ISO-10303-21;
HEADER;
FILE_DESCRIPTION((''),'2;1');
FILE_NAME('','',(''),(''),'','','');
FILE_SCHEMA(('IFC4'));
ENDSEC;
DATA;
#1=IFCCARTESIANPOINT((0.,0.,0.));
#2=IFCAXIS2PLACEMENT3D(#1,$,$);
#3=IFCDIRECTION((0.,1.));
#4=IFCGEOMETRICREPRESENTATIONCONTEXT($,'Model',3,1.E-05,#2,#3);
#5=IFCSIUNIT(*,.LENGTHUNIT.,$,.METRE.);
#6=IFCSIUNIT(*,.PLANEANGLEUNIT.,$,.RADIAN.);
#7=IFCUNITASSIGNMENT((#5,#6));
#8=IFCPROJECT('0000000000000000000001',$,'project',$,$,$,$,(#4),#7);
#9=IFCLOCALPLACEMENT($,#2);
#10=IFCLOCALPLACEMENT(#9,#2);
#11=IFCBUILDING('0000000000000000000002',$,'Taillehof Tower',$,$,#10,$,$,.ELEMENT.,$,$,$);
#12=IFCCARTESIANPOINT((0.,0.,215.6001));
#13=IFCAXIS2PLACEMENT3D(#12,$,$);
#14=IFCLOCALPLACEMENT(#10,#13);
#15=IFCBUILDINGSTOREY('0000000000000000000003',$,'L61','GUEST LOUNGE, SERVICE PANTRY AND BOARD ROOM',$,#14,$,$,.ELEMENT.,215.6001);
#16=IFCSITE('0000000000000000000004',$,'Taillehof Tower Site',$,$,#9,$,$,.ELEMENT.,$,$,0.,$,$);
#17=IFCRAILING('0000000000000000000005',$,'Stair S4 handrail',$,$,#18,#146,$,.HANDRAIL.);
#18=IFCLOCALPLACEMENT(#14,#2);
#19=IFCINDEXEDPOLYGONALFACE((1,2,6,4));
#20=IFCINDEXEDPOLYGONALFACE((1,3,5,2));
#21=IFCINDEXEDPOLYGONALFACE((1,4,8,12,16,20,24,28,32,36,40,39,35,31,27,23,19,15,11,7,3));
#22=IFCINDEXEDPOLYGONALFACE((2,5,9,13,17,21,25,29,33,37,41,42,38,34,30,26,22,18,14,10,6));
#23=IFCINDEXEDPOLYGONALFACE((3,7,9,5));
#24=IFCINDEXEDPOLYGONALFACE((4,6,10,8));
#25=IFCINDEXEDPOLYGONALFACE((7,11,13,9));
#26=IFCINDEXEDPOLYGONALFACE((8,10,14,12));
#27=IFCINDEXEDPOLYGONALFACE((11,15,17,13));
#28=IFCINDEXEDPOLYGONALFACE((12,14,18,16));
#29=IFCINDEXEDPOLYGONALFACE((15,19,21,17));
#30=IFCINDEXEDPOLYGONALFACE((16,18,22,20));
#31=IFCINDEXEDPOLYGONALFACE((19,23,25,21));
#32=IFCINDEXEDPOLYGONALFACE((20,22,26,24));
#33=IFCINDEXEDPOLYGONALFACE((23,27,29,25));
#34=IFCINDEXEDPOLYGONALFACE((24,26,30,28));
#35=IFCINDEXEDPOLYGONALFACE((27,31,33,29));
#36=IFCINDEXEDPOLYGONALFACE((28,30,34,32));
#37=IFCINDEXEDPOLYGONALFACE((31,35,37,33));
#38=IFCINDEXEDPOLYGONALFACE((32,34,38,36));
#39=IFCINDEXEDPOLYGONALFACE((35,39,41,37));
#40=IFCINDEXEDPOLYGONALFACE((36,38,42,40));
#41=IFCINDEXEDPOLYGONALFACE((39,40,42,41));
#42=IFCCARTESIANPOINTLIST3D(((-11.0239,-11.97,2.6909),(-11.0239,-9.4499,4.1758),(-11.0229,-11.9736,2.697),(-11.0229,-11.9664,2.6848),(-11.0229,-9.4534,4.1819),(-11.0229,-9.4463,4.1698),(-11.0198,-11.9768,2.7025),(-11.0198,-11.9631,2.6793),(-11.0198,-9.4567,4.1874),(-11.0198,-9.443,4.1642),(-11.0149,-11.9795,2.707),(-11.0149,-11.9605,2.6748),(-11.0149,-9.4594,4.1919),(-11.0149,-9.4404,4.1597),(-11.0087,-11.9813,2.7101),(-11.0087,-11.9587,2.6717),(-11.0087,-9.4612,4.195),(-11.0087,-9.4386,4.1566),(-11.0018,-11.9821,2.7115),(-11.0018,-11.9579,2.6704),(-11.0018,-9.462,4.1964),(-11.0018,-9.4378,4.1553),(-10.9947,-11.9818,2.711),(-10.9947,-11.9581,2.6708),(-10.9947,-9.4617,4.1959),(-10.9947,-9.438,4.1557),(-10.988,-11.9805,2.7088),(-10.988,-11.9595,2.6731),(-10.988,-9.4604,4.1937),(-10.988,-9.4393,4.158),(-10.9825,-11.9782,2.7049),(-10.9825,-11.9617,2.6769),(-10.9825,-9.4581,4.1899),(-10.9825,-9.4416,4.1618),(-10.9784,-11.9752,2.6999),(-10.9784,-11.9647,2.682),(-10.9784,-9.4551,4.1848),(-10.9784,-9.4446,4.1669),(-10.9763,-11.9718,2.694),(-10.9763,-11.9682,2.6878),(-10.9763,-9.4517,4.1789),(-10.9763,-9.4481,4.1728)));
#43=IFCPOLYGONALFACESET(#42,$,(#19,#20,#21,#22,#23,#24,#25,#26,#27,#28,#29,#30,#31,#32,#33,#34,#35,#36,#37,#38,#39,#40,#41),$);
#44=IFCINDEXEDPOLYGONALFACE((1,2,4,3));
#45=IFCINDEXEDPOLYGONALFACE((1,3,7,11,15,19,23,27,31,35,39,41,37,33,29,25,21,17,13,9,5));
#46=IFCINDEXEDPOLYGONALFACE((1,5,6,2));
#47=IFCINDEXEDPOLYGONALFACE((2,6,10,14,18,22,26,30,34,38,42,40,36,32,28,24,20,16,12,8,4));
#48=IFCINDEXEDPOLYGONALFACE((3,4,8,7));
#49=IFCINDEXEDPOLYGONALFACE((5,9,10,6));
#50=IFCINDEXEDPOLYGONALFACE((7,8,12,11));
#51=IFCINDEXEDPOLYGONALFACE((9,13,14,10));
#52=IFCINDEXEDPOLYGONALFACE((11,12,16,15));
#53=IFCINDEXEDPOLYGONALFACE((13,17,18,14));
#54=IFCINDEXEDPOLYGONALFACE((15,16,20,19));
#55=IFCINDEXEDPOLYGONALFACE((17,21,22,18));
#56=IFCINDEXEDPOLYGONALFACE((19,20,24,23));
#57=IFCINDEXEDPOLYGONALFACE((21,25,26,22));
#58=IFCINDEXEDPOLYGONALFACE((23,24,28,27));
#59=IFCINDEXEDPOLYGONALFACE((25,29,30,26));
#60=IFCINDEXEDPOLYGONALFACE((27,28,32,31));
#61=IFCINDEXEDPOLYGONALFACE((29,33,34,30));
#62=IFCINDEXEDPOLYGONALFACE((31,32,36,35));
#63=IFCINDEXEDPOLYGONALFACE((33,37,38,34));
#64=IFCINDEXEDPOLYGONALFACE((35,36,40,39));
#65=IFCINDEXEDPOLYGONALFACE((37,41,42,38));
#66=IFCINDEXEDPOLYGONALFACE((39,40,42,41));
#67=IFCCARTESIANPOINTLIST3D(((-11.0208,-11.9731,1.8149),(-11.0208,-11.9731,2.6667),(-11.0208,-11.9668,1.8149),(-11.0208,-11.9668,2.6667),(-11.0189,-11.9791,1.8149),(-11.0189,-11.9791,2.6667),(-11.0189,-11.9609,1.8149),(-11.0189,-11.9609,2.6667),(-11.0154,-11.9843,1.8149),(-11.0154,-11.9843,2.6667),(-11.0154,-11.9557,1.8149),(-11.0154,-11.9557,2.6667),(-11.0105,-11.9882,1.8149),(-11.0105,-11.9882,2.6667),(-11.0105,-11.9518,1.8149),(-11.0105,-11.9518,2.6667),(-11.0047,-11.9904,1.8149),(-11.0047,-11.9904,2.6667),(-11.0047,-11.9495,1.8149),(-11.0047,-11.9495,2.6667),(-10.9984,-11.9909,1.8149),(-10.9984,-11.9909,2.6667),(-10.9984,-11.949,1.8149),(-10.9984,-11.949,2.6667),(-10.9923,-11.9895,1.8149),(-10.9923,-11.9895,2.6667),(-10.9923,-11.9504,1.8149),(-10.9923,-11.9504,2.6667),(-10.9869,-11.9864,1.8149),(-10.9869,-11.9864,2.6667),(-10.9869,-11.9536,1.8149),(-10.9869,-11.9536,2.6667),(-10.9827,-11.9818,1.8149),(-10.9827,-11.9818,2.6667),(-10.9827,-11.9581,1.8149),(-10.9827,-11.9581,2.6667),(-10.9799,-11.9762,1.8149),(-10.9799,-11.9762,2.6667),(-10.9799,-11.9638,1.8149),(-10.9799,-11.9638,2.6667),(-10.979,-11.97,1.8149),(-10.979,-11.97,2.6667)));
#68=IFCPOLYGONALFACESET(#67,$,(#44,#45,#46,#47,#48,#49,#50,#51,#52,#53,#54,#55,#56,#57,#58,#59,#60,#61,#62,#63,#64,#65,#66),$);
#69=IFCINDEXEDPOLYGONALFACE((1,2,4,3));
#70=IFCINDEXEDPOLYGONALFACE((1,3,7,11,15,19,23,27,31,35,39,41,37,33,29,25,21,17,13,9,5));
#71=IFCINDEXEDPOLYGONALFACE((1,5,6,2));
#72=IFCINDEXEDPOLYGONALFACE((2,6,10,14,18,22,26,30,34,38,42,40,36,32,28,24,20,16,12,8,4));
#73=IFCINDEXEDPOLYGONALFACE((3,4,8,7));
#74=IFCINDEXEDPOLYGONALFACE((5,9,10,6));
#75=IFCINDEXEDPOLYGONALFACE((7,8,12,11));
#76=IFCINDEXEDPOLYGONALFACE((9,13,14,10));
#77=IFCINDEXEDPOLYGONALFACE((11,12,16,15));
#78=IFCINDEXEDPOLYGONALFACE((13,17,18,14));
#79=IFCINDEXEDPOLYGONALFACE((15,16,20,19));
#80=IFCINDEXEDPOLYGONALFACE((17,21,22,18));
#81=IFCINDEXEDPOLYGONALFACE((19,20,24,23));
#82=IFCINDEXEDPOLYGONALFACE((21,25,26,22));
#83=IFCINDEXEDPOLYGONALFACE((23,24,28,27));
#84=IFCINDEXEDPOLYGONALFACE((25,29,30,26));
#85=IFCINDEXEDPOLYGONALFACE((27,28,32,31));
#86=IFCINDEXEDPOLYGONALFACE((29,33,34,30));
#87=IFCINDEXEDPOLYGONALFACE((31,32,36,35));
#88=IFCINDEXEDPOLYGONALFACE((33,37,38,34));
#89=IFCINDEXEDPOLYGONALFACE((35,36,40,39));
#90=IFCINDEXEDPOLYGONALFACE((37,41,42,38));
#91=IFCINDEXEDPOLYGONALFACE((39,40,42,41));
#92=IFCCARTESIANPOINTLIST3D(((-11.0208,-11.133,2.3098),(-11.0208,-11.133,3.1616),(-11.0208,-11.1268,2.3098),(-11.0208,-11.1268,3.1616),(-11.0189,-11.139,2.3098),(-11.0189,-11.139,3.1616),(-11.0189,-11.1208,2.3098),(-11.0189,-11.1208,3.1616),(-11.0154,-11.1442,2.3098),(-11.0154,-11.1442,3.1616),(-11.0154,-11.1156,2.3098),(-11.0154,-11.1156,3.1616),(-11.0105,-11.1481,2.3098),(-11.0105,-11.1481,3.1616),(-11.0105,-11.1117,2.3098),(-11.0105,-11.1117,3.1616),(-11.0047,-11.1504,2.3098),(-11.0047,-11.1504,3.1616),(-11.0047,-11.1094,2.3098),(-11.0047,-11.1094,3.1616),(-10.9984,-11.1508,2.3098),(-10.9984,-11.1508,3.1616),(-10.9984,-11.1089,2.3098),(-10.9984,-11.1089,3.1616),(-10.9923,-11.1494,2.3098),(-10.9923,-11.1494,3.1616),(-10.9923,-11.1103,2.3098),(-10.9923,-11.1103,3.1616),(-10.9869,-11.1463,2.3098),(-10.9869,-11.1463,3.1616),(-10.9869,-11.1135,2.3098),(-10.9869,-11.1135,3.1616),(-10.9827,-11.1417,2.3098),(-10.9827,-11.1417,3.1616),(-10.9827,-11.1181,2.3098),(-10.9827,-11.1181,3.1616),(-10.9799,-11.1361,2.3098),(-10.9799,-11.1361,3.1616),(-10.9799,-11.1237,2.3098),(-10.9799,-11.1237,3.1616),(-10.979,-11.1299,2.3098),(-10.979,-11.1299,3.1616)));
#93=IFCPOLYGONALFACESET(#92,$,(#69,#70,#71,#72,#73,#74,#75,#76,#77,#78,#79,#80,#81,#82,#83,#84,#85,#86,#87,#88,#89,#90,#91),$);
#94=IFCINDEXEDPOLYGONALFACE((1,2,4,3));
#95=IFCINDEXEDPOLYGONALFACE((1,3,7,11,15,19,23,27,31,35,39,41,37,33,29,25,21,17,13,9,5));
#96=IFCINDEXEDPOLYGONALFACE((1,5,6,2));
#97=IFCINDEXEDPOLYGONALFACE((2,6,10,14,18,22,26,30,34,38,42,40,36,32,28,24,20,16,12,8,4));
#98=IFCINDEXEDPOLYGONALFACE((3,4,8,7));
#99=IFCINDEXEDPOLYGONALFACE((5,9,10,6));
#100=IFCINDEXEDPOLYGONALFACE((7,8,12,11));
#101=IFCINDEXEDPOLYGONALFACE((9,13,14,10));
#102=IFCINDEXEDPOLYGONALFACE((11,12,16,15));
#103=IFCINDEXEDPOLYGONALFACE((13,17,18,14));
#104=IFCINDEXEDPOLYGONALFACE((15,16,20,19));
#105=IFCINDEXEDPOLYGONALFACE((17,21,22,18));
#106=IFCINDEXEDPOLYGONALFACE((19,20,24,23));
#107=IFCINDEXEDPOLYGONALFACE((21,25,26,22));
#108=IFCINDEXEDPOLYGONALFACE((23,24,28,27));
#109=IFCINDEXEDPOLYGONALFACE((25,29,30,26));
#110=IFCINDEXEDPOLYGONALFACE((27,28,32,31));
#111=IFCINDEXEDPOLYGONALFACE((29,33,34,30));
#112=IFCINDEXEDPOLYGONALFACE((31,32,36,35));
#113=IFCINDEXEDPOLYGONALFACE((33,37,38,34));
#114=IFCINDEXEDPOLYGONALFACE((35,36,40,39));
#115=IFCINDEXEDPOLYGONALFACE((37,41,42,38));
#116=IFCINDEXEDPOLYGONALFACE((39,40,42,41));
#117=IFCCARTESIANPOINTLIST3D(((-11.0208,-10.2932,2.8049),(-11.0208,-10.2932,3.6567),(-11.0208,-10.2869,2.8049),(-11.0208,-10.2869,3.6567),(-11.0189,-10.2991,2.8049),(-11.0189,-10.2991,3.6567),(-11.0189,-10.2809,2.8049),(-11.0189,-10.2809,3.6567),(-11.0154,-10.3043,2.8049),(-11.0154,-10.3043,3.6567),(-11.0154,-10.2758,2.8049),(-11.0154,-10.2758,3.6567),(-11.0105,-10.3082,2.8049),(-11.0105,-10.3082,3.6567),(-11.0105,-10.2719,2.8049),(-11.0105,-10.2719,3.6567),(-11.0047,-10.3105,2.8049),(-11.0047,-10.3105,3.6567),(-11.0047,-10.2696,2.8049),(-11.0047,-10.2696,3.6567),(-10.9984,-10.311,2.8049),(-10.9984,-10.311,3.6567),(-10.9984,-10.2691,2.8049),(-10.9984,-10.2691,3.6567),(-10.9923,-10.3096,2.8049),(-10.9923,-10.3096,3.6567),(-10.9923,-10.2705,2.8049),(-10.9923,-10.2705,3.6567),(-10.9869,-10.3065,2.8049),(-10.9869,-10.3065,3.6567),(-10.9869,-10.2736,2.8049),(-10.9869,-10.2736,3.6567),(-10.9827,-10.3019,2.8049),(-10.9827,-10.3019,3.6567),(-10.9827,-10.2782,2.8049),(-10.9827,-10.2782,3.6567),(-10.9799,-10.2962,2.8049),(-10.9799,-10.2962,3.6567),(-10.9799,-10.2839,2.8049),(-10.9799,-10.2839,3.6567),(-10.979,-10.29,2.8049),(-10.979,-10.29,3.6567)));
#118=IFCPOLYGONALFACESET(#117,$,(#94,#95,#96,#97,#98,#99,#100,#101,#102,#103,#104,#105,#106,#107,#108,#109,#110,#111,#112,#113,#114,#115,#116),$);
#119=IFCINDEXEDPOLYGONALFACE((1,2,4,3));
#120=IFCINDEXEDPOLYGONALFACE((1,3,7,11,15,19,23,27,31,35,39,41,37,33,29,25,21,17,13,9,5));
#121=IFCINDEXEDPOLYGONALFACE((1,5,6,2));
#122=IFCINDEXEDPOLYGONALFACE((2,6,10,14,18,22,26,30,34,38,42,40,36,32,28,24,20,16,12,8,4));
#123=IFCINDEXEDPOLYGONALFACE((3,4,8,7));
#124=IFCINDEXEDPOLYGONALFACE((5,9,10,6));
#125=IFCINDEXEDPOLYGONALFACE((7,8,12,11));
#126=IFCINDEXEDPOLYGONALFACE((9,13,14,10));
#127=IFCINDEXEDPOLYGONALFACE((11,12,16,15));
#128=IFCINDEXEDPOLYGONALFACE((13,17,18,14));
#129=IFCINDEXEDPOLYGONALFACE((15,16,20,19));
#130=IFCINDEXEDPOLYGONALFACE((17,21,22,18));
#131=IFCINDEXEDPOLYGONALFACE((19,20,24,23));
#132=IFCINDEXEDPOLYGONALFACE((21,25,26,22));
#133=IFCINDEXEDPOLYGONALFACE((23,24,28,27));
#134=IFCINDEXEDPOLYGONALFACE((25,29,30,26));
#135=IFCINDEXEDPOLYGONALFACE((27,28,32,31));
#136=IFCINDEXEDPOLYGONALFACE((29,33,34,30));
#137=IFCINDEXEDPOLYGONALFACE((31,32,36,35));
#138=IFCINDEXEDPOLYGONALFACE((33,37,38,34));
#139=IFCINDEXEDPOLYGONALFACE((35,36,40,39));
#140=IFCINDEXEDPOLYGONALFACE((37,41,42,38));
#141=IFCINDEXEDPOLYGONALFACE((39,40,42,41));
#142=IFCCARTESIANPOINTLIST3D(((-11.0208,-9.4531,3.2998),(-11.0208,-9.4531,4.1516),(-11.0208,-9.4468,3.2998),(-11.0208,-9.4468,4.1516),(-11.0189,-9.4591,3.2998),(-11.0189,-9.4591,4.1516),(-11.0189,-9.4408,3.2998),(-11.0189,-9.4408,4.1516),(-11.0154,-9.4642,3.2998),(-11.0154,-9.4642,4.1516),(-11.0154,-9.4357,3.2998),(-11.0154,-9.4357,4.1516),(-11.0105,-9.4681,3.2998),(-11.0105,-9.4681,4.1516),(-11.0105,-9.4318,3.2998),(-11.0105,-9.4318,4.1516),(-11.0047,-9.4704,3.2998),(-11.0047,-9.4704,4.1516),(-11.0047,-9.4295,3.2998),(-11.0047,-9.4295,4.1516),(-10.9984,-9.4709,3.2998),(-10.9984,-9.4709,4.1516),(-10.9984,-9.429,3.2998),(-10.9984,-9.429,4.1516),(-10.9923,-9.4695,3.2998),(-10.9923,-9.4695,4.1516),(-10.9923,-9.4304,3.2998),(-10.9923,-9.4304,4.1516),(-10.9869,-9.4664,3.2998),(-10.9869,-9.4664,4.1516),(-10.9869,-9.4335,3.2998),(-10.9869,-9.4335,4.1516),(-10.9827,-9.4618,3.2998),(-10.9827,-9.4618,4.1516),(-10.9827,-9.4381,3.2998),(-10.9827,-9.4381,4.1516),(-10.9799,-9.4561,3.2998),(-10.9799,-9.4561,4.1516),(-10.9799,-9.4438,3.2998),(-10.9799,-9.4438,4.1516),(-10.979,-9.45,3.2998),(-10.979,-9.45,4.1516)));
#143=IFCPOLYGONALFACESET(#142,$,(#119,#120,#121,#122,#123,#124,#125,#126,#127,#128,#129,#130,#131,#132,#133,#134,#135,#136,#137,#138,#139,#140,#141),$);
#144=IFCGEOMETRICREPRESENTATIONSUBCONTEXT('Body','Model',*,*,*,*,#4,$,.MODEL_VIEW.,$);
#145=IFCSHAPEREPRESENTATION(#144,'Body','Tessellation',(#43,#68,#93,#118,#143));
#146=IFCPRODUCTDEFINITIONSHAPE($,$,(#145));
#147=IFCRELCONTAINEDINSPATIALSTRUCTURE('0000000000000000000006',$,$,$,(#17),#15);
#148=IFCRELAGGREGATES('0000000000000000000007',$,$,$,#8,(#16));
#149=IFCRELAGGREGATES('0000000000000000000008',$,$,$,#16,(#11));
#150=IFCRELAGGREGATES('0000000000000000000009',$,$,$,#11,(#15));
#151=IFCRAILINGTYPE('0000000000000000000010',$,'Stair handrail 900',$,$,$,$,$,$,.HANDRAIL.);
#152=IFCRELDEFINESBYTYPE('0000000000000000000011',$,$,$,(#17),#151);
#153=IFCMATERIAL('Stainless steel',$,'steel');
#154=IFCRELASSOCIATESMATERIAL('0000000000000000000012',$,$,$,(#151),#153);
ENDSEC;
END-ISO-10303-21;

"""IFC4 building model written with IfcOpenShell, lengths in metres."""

from ifc_helpers import new_model, si_unit, direction, frame, origin, origin_2d, place, context, subcontext, project, spatial, circle, extrude, material, type_object, element, save


model = new_model("IFC4")

# Units and contexts
model_context = context("Model", 3, precision=1e-05, world=origin(), true_north=direction((0.0, 1.0)))
body_context = subcontext(model_context, "Body", "Model", "MODEL_VIEW")
ifc_project = project(units=[si_unit("LENGTHUNIT", "METRE"), si_unit("PLANEANGLEUNIT", "RADIAN")], contexts=[model_context])

# Site, building, storey
site_placement = place(None, origin())
site = spatial("IfcSite", under=ifc_project, at=site_placement, Name="Taillehof Tower Site", CompositionType="ELEMENT", RefElevation=0.0)
building_placement = place(site_placement, origin())
building = spatial("IfcBuilding", under=site, at=building_placement, Name="Taillehof Tower", CompositionType="ELEMENT")
storey_placement = place(building_placement, frame((0.0, 0.0, 215.6001)))
storey = spatial("IfcBuildingStorey", under=building, at=storey_placement, Name="L61", Description="GUEST LOUNGE, SERVICE PANTRY AND BOARD ROOM", CompositionType="ELEMENT", Elevation=215.6001)

# Railing
ifc_material_1 = material(Name="Stainless steel", Category="steel")
railing_type = type_object("IfcRailingType", Name="Stair handrail 900", PredefinedType="HANDRAIL", material=ifc_material_1)
railing_placement = place(storey_placement, frame((-11.0, -11.97, 1.8149)))
element("IfcRailing", 1, at=railing_placement, inside=storey, type_object=railing_type, Name="Stair S4 handrail", PredefinedType="HANDRAIL", context=body_context, shape_type="SweptSolid", body=[
    extrude(circle(Radius=0.0239, at=origin_2d()), frame((0.0, 0.0, 0.876), z_axis=(0.0, 0.861561, 0.507655), x_axis=(-1.0, 0.0, 0.0)), (0.0, 0.0, 1.0), 2.925),
    extrude(circle(Radius=0.021, at=origin_2d()), origin(), (0.0, 0.0, 1.0), 0.8518),
    extrude(circle(Radius=0.021, at=origin_2d()), frame((0.0, 0.8401, 0.4949)), (0.0, 0.0, 1.0), 0.8518),
    extrude(circle(Radius=0.021, at=origin_2d()), frame((0.0, 1.6799, 0.99)), (0.0, 0.0, 1.0), 0.8518),
    extrude(circle(Radius=0.021, at=origin_2d()), frame((0.0, 2.52, 1.4849)), (0.0, 0.0, 1.0), 0.8518),
])

save(model, "model.ifc")
